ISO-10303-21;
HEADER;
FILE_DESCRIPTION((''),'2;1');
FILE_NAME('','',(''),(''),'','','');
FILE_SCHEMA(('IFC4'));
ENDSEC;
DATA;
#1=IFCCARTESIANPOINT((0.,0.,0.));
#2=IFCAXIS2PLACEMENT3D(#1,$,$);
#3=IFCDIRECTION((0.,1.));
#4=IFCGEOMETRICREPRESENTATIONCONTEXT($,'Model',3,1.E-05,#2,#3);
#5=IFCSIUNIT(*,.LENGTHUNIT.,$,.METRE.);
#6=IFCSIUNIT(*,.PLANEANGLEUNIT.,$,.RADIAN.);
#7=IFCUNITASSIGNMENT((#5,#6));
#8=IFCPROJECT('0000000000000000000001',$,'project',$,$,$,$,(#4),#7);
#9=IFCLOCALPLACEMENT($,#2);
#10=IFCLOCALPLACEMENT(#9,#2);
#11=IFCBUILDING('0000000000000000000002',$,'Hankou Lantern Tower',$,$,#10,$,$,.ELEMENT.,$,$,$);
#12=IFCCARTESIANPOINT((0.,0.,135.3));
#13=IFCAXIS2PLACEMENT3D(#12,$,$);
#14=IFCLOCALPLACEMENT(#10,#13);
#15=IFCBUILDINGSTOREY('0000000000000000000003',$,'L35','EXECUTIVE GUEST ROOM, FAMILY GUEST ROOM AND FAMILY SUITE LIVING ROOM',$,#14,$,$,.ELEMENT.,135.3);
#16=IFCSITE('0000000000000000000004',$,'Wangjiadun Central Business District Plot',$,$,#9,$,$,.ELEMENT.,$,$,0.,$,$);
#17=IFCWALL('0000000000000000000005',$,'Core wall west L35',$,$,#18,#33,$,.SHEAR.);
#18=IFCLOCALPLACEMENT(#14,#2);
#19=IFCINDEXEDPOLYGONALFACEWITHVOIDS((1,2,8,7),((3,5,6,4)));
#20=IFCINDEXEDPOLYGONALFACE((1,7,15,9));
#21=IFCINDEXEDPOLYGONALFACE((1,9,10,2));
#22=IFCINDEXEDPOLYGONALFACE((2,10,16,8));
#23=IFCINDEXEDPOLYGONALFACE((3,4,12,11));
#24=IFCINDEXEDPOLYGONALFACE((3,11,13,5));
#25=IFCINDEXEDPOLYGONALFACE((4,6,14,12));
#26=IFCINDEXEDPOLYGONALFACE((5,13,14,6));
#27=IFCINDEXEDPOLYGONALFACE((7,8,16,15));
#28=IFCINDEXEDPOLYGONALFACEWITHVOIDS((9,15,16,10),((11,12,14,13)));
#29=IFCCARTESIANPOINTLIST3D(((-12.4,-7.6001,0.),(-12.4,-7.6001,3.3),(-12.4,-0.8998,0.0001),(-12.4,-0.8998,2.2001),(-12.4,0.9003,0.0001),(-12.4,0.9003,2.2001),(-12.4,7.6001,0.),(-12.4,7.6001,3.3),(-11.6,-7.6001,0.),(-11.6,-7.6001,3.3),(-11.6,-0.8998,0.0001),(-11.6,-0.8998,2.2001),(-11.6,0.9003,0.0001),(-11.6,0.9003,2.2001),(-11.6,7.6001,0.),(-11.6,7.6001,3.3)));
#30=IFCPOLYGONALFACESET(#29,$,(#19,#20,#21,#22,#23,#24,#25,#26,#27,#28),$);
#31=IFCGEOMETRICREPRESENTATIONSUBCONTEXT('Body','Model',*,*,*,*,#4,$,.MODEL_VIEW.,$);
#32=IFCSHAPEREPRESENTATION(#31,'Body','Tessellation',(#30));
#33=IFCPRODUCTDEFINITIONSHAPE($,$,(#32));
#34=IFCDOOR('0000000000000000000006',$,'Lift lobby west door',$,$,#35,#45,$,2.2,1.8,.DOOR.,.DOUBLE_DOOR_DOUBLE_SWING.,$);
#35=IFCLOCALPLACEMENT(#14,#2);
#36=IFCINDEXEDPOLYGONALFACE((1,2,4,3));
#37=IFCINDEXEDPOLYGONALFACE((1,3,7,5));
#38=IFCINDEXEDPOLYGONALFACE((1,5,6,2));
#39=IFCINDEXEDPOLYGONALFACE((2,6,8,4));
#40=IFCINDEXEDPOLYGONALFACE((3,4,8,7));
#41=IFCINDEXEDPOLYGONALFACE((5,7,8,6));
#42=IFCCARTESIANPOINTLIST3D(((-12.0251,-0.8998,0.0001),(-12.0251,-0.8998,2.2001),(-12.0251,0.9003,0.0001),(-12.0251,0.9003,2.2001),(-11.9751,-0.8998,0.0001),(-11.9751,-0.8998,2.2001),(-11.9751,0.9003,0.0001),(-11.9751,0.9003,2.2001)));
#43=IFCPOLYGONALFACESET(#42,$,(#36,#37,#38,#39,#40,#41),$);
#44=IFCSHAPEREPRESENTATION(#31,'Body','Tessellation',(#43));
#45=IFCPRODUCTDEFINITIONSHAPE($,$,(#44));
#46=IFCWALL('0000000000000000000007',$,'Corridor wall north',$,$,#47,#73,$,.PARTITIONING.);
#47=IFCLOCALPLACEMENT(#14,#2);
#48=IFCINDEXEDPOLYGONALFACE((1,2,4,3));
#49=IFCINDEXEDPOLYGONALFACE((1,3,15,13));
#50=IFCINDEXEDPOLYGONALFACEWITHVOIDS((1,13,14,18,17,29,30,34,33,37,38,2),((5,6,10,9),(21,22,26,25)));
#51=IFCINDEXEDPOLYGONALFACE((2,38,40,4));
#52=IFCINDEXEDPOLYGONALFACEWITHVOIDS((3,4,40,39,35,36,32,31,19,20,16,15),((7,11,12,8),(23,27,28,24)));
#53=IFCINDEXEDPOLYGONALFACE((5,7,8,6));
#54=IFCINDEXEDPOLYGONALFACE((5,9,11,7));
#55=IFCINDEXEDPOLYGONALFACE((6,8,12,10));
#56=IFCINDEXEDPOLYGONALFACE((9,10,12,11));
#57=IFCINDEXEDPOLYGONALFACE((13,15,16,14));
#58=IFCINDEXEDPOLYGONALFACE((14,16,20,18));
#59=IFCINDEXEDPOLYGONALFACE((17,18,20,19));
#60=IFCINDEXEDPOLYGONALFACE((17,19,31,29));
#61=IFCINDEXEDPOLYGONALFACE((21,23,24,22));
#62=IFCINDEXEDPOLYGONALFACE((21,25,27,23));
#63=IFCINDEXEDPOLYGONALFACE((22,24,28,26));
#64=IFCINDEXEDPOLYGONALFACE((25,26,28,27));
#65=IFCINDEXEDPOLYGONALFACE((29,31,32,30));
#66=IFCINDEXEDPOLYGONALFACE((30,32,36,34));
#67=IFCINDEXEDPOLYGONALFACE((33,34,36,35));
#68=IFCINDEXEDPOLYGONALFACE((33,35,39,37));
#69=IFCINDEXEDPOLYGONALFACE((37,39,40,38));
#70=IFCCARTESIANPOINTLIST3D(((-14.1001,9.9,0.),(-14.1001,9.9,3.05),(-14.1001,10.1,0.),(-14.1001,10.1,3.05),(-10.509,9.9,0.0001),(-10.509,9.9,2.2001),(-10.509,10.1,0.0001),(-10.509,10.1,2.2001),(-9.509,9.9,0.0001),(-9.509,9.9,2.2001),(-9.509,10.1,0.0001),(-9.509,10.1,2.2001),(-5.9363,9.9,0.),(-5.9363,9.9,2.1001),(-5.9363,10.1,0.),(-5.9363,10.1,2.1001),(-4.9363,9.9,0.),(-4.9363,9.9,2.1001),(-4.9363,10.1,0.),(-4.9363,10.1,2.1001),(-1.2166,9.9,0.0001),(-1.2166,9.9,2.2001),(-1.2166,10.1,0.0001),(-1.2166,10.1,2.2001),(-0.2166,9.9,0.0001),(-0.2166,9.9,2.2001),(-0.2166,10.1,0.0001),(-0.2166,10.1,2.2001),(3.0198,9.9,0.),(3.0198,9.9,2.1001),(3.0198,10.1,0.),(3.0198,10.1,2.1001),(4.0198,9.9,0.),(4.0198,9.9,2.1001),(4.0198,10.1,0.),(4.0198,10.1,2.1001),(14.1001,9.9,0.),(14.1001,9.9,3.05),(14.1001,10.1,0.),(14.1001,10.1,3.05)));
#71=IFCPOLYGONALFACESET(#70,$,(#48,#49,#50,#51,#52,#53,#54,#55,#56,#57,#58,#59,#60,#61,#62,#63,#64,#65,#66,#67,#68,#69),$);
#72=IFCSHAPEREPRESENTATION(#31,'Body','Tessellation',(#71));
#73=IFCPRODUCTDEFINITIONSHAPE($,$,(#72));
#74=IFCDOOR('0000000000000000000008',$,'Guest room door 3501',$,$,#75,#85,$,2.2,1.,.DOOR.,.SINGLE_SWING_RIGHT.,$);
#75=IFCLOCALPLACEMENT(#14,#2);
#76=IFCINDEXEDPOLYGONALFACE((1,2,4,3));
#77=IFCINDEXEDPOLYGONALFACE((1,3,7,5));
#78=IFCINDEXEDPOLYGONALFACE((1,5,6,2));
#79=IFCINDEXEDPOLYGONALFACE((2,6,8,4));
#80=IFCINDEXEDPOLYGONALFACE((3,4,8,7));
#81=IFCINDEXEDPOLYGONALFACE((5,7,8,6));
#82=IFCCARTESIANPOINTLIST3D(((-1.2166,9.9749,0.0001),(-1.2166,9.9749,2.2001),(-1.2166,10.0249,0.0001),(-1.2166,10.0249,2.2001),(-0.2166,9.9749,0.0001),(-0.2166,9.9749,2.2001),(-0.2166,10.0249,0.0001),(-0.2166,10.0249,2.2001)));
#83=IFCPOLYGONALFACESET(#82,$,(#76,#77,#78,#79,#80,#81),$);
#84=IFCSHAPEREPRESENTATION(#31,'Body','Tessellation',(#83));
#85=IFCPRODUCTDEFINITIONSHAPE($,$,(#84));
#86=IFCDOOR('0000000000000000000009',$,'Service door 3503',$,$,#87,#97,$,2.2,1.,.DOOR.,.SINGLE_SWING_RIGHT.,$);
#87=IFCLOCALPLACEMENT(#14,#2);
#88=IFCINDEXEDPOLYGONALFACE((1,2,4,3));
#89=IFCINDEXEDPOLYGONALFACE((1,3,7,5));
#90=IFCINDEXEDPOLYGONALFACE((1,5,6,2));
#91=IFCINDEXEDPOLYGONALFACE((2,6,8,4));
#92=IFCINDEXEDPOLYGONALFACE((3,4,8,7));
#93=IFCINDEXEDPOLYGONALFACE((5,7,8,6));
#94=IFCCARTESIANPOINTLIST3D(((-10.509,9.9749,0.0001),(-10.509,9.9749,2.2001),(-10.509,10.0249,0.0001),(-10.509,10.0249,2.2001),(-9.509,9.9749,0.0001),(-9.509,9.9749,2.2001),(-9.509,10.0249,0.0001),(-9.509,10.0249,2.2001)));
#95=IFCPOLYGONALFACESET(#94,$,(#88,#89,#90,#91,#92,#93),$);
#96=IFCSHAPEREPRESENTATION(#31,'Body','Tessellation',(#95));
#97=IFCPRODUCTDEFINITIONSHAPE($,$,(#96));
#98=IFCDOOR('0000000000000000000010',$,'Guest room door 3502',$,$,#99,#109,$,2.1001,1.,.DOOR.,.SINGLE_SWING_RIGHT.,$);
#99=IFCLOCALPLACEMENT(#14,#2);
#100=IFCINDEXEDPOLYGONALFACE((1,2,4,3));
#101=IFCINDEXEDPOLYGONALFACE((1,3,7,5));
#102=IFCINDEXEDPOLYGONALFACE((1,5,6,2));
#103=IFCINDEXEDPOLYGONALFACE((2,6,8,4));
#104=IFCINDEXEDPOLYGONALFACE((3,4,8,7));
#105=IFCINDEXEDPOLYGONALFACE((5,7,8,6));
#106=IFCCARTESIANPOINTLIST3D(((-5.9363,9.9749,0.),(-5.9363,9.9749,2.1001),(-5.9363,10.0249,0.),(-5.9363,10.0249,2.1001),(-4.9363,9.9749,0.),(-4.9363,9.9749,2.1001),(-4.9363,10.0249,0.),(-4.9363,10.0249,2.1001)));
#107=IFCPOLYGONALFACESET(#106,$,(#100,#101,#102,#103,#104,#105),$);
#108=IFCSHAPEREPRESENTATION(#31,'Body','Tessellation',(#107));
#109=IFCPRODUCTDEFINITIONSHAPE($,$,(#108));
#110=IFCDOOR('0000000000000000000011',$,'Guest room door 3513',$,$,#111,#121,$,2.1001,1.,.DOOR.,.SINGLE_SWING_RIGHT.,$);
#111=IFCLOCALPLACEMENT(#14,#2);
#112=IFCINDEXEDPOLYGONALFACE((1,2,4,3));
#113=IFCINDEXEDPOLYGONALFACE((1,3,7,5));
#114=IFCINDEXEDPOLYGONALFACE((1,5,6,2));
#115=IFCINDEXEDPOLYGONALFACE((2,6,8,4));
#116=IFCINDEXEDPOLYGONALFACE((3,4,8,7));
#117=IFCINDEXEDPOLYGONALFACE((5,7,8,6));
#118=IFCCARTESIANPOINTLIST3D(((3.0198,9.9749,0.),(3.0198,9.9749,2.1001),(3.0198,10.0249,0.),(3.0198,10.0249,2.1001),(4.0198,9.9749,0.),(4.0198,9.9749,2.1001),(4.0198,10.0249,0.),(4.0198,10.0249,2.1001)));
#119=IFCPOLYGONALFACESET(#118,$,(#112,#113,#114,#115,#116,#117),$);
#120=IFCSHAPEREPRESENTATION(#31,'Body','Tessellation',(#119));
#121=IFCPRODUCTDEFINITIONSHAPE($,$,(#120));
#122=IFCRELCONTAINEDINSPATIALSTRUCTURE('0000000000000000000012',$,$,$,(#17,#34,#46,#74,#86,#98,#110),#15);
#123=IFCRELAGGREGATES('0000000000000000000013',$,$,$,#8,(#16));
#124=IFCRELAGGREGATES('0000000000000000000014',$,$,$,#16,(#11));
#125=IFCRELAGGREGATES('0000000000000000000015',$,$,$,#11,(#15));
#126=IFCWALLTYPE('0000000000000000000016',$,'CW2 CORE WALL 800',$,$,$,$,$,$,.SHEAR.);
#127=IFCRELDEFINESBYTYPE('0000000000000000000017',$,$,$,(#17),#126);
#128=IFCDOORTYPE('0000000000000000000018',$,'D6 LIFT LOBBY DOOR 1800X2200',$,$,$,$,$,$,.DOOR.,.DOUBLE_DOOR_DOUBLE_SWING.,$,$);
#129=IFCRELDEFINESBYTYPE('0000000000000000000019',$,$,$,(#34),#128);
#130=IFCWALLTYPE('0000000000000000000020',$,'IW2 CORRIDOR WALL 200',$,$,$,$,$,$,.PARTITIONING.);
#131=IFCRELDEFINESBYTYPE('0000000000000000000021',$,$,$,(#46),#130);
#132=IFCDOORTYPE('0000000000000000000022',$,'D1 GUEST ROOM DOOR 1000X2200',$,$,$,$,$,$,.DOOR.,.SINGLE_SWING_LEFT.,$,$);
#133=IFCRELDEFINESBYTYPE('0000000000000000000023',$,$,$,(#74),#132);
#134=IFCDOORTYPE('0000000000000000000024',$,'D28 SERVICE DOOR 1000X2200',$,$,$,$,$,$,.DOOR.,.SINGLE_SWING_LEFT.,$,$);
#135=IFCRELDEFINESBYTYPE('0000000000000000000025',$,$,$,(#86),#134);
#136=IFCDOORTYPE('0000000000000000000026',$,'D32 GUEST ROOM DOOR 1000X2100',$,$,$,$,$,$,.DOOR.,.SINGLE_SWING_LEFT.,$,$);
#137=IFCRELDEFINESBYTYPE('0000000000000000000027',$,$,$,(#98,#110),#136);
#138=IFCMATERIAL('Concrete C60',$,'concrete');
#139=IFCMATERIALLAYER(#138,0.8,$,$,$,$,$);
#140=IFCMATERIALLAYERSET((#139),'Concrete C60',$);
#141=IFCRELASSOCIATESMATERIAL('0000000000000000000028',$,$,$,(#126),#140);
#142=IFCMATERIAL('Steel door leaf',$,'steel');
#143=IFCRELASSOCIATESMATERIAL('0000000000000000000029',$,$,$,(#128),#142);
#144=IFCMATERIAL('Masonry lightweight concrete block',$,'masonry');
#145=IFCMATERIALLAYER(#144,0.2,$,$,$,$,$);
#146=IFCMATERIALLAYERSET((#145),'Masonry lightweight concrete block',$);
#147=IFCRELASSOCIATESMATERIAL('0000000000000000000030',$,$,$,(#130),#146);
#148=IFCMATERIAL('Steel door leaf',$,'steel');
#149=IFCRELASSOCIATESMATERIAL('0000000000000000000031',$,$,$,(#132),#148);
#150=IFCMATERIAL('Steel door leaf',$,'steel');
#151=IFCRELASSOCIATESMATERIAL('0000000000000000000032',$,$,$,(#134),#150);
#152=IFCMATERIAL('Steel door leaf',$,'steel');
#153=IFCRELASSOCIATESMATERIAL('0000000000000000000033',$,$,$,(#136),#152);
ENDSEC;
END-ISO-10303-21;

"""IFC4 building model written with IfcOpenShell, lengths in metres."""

from ifc_helpers import new_model, si_unit, direction, frame, frame_2d, origin, place, context, subcontext, project, spatial, rectangle, extrude, material, layer, layer_set, type_object, element, fill, save


model = new_model("IFC4")

# Units and contexts
model_context = context("Model", 3, precision=1e-05, world=origin(), true_north=direction((0.0, 1.0)))
body_context = subcontext(model_context, "Body", "Model", "MODEL_VIEW")
ifc_project = project(units=[si_unit("LENGTHUNIT", "METRE"), si_unit("PLANEANGLEUNIT", "RADIAN")], contexts=[model_context])

# Site, building, storey
site_placement = place(None, origin())
site = spatial("IfcSite", under=ifc_project, at=site_placement, Name="Wangjiadun Central Business District Plot", CompositionType="ELEMENT", RefElevation=0.0)
building_placement = place(site_placement, origin())
building = spatial("IfcBuilding", under=site, at=building_placement, Name="Hankou Lantern Tower", CompositionType="ELEMENT")
storey_placement = place(building_placement, frame((0.0, 0.0, 135.3)))
storey = spatial("IfcBuildingStorey", under=building, at=storey_placement, Name="L35", Description="EXECUTIVE GUEST ROOM, FAMILY GUEST ROOM AND FAMILY SUITE LIVING ROOM", CompositionType="ELEMENT", Elevation=135.3)

# Shared definitions
ifc_material_1 = material(Name="Concrete C60", Category="concrete")
ifc_layer_1 = layer(ifc_material_1, 0.8)
ifc_layer_set_1 = layer_set([ifc_layer_1], Name="Concrete C60")
wall_type_1 = type_object("IfcWallType", Name="CW2 CORE WALL 800", PredefinedType="SHEAR", material=ifc_layer_set_1)

# Wall, opening, door
wall_1_placement = place(storey_placement, frame((-12.0, 7.6001, 0.0), z_axis=(0.0, 0.0, 1.0), x_axis=(0.0, -1.0, 0.0)))
wall_1 = element("IfcWall", 1, at=wall_1_placement, inside=storey, type_object=wall_type_1, Name="Core wall west L35", PredefinedType="SHEAR", context=body_context, shape_type="SweptSolid", body=[
    extrude(rectangle(XDim=15.2002, YDim=0.8, at=frame_2d((7.6001, 0.0))), origin(), (0.0, 0.0, 1.0), 3.3),
])
opening_1_placement = place(wall_1_placement, frame((6.7, 0.0, 0.0)))
opening_1 = element("IfcOpeningElement", 2, at=opening_1_placement, cuts=wall_1, PredefinedType="OPENING", context=body_context, shape_type="SweptSolid", body=[
    extrude(rectangle(XDim=1.8, YDim=2.2, at=frame_2d((0.8999, 1.1001))), frame((0.0, 0.4099, 0.0), z_axis=(0.0, -1.0, 0.0), x_axis=(1.0, 0.0, 0.0)), (0.0, 0.0, 1.0), 0.8201),
])
ifc_material_2 = material(Name="Steel door leaf", Category="steel")
door_type_1 = type_object("IfcDoorType", Name="D6 LIFT LOBBY DOOR 1800X2200", OperationType="DOUBLE_DOOR_DOUBLE_SWING", PredefinedType="DOOR", material=ifc_material_2)
door_1_placement = place(opening_1_placement, origin())
door_1 = element("IfcDoor", 3, at=door_1_placement, inside=storey, type_object=door_type_1, Name="Lift lobby west door", OperationType="DOUBLE_DOOR_DOUBLE_SWING", OverallHeight=2.2, OverallWidth=1.8, PredefinedType="DOOR", context=body_context, shape_type="SweptSolid", body=[
    extrude(rectangle(XDim=1.8, YDim=2.2, at=frame_2d((0.8999, 1.1001))), frame((0.0, 0.0249, 0.0), z_axis=(0.0, -1.0, 0.0), x_axis=(1.0, 0.0, 0.0)), (0.0, 0.0, 1.0), 0.05),
])
fill(opening_1, door_1)

# Wall, openings, doors
ifc_material_3 = material(Name="Masonry lightweight concrete block", Category="masonry")
ifc_layer_2 = layer(ifc_material_3, 0.2)
ifc_layer_set_2 = layer_set([ifc_layer_2], Name="Masonry lightweight concrete block")
wall_type_2 = type_object("IfcWallType", Name="IW2 CORRIDOR WALL 200", PredefinedType="PARTITIONING", material=ifc_layer_set_2)
wall_2_placement = place(storey_placement, frame((-14.1001, 10.0, 0.0), z_axis=(0.0, 0.0, 1.0), x_axis=(1.0, 0.0, 0.0)))
wall_2 = element("IfcWall", 4, at=wall_2_placement, inside=storey, type_object=wall_type_2, Name="Corridor wall north", PredefinedType="PARTITIONING", context=body_context, shape_type="SweptSolid", body=[
    extrude(rectangle(XDim=28.2002, YDim=0.2, at=frame_2d((14.1001, 0.0))), origin(), (0.0, 0.0, 1.0), 3.05),
])
opening_2_placement = place(wall_2_placement, frame((12.8835, 0.0, 0.0)))
opening_2 = element("IfcOpeningElement", 5, at=opening_2_placement, cuts=wall_2, PredefinedType="OPENING", context=body_context, shape_type="SweptSolid", body=[
    extrude(rectangle(XDim=1.0, YDim=2.2, at=frame_2d((0.5, 1.1001))), frame((0.0, 0.1099, 0.0), z_axis=(0.0, -1.0, 0.0), x_axis=(1.0, 0.0, 0.0)), (0.0, 0.0, 1.0), 0.22),
])
opening_3_placement = place(wall_2_placement, frame((8.1638, 0.0, 0.0)))
opening_3 = element("IfcOpeningElement", 6, at=opening_3_placement, cuts=wall_2, PredefinedType="OPENING", context=body_context, shape_type="SweptSolid", body=[
    extrude(rectangle(XDim=1.0, YDim=2.1001, at=frame_2d((0.5, 1.05))), frame((0.0, 0.1099, 0.0), z_axis=(0.0, -1.0, 0.0), x_axis=(1.0, 0.0, 0.0)), (0.0, 0.0, 1.0), 0.22),
])
opening_4_placement = place(wall_2_placement, frame((3.5911, 0.0, 0.0)))
opening_4 = element("IfcOpeningElement", 7, at=opening_4_placement, cuts=wall_2, PredefinedType="OPENING", context=body_context, shape_type="SweptSolid", body=[
    extrude(rectangle(XDim=1.0, YDim=2.2, at=frame_2d((0.5, 1.1001))), frame((0.0, 0.1099, 0.0), z_axis=(0.0, -1.0, 0.0), x_axis=(1.0, 0.0, 0.0)), (0.0, 0.0, 1.0), 0.22),
])
opening_5_placement = place(wall_2_placement, frame((17.1199, 0.0, 0.0)))
opening_5 = element("IfcOpeningElement", 8, at=opening_5_placement, cuts=wall_2, PredefinedType="OPENING", context=body_context, shape_type="SweptSolid", body=[
    extrude(rectangle(XDim=1.0, YDim=2.1001, at=frame_2d((0.5, 1.05))), frame((0.0, 0.1099, 0.0), z_axis=(0.0, -1.0, 0.0), x_axis=(1.0, 0.0, 0.0)), (0.0, 0.0, 1.0), 0.22),
])
ifc_material_4 = material(Name="Steel door leaf", Category="steel")
door_type_2 = type_object("IfcDoorType", Name="D1 GUEST ROOM DOOR 1000X2200", OperationType="SINGLE_SWING_LEFT", PredefinedType="DOOR", material=ifc_material_4)
door_2_placement = place(opening_2_placement, origin())
door_2 = element("IfcDoor", 9, at=door_2_placement, inside=storey, type_object=door_type_2, Name="Guest room door 3501", OperationType="SINGLE_SWING_RIGHT", OverallHeight=2.2, OverallWidth=1.0, PredefinedType="DOOR", context=body_context, shape_type="SweptSolid", body=[
    extrude(rectangle(XDim=1.0, YDim=2.2, at=frame_2d((0.5, 1.1001))), frame((0.0, 0.0249, 0.0), z_axis=(0.0, -1.0, 0.0), x_axis=(1.0, 0.0, 0.0)), (0.0, 0.0, 1.0), 0.05),
])
fill(opening_2, door_2)
ifc_material_5 = material(Name="Steel door leaf", Category="steel")
door_type_3 = type_object("IfcDoorType", Name="D28 SERVICE DOOR 1000X2200", OperationType="SINGLE_SWING_LEFT", PredefinedType="DOOR", material=ifc_material_5)
door_3_placement = place(opening_4_placement, origin())
door_3 = element("IfcDoor", 10, at=door_3_placement, inside=storey, type_object=door_type_3, Name="Service door 3503", OperationType="SINGLE_SWING_RIGHT", OverallHeight=2.2, OverallWidth=1.0, PredefinedType="DOOR", context=body_context, shape_type="SweptSolid", body=[
    extrude(rectangle(XDim=1.0, YDim=2.2, at=frame_2d((0.5, 1.1001))), frame((0.0, 0.0249, 0.0), z_axis=(0.0, -1.0, 0.0), x_axis=(1.0, 0.0, 0.0)), (0.0, 0.0, 1.0), 0.05),
])
fill(opening_4, door_3)
ifc_material_6 = material(Name="Steel door leaf", Category="steel")
door_type_4 = type_object("IfcDoorType", Name="D32 GUEST ROOM DOOR 1000X2100", OperationType="SINGLE_SWING_LEFT", PredefinedType="DOOR", material=ifc_material_6)
door_4_placement = place(opening_3_placement, origin())
door_4 = element("IfcDoor", 11, at=door_4_placement, inside=storey, type_object=door_type_4, Name="Guest room door 3502", OperationType="SINGLE_SWING_RIGHT", OverallHeight=2.1001, OverallWidth=1.0, PredefinedType="DOOR", context=body_context, shape_type="SweptSolid", body=[
    extrude(rectangle(XDim=1.0, YDim=2.1001, at=frame_2d((0.5, 1.05))), frame((0.0, 0.0249, 0.0), z_axis=(0.0, -1.0, 0.0), x_axis=(1.0, 0.0, 0.0)), (0.0, 0.0, 1.0), 0.05),
])
fill(opening_3, door_4)
door_5_placement = place(opening_5_placement, origin())
door_5 = element("IfcDoor", 12, at=door_5_placement, inside=storey, type_object=door_type_4, Name="Guest room door 3513", OperationType="SINGLE_SWING_RIGHT", OverallHeight=2.1001, OverallWidth=1.0, PredefinedType="DOOR", context=body_context, shape_type="SweptSolid", body=[
    extrude(rectangle(XDim=1.0, YDim=2.1001, at=frame_2d((0.5, 1.05))), frame((0.0, 0.0249, 0.0), z_axis=(0.0, -1.0, 0.0), x_axis=(1.0, 0.0, 0.0)), (0.0, 0.0, 1.0), 0.05),
])
fill(opening_5, door_5)

save(model, "model.ifc")
